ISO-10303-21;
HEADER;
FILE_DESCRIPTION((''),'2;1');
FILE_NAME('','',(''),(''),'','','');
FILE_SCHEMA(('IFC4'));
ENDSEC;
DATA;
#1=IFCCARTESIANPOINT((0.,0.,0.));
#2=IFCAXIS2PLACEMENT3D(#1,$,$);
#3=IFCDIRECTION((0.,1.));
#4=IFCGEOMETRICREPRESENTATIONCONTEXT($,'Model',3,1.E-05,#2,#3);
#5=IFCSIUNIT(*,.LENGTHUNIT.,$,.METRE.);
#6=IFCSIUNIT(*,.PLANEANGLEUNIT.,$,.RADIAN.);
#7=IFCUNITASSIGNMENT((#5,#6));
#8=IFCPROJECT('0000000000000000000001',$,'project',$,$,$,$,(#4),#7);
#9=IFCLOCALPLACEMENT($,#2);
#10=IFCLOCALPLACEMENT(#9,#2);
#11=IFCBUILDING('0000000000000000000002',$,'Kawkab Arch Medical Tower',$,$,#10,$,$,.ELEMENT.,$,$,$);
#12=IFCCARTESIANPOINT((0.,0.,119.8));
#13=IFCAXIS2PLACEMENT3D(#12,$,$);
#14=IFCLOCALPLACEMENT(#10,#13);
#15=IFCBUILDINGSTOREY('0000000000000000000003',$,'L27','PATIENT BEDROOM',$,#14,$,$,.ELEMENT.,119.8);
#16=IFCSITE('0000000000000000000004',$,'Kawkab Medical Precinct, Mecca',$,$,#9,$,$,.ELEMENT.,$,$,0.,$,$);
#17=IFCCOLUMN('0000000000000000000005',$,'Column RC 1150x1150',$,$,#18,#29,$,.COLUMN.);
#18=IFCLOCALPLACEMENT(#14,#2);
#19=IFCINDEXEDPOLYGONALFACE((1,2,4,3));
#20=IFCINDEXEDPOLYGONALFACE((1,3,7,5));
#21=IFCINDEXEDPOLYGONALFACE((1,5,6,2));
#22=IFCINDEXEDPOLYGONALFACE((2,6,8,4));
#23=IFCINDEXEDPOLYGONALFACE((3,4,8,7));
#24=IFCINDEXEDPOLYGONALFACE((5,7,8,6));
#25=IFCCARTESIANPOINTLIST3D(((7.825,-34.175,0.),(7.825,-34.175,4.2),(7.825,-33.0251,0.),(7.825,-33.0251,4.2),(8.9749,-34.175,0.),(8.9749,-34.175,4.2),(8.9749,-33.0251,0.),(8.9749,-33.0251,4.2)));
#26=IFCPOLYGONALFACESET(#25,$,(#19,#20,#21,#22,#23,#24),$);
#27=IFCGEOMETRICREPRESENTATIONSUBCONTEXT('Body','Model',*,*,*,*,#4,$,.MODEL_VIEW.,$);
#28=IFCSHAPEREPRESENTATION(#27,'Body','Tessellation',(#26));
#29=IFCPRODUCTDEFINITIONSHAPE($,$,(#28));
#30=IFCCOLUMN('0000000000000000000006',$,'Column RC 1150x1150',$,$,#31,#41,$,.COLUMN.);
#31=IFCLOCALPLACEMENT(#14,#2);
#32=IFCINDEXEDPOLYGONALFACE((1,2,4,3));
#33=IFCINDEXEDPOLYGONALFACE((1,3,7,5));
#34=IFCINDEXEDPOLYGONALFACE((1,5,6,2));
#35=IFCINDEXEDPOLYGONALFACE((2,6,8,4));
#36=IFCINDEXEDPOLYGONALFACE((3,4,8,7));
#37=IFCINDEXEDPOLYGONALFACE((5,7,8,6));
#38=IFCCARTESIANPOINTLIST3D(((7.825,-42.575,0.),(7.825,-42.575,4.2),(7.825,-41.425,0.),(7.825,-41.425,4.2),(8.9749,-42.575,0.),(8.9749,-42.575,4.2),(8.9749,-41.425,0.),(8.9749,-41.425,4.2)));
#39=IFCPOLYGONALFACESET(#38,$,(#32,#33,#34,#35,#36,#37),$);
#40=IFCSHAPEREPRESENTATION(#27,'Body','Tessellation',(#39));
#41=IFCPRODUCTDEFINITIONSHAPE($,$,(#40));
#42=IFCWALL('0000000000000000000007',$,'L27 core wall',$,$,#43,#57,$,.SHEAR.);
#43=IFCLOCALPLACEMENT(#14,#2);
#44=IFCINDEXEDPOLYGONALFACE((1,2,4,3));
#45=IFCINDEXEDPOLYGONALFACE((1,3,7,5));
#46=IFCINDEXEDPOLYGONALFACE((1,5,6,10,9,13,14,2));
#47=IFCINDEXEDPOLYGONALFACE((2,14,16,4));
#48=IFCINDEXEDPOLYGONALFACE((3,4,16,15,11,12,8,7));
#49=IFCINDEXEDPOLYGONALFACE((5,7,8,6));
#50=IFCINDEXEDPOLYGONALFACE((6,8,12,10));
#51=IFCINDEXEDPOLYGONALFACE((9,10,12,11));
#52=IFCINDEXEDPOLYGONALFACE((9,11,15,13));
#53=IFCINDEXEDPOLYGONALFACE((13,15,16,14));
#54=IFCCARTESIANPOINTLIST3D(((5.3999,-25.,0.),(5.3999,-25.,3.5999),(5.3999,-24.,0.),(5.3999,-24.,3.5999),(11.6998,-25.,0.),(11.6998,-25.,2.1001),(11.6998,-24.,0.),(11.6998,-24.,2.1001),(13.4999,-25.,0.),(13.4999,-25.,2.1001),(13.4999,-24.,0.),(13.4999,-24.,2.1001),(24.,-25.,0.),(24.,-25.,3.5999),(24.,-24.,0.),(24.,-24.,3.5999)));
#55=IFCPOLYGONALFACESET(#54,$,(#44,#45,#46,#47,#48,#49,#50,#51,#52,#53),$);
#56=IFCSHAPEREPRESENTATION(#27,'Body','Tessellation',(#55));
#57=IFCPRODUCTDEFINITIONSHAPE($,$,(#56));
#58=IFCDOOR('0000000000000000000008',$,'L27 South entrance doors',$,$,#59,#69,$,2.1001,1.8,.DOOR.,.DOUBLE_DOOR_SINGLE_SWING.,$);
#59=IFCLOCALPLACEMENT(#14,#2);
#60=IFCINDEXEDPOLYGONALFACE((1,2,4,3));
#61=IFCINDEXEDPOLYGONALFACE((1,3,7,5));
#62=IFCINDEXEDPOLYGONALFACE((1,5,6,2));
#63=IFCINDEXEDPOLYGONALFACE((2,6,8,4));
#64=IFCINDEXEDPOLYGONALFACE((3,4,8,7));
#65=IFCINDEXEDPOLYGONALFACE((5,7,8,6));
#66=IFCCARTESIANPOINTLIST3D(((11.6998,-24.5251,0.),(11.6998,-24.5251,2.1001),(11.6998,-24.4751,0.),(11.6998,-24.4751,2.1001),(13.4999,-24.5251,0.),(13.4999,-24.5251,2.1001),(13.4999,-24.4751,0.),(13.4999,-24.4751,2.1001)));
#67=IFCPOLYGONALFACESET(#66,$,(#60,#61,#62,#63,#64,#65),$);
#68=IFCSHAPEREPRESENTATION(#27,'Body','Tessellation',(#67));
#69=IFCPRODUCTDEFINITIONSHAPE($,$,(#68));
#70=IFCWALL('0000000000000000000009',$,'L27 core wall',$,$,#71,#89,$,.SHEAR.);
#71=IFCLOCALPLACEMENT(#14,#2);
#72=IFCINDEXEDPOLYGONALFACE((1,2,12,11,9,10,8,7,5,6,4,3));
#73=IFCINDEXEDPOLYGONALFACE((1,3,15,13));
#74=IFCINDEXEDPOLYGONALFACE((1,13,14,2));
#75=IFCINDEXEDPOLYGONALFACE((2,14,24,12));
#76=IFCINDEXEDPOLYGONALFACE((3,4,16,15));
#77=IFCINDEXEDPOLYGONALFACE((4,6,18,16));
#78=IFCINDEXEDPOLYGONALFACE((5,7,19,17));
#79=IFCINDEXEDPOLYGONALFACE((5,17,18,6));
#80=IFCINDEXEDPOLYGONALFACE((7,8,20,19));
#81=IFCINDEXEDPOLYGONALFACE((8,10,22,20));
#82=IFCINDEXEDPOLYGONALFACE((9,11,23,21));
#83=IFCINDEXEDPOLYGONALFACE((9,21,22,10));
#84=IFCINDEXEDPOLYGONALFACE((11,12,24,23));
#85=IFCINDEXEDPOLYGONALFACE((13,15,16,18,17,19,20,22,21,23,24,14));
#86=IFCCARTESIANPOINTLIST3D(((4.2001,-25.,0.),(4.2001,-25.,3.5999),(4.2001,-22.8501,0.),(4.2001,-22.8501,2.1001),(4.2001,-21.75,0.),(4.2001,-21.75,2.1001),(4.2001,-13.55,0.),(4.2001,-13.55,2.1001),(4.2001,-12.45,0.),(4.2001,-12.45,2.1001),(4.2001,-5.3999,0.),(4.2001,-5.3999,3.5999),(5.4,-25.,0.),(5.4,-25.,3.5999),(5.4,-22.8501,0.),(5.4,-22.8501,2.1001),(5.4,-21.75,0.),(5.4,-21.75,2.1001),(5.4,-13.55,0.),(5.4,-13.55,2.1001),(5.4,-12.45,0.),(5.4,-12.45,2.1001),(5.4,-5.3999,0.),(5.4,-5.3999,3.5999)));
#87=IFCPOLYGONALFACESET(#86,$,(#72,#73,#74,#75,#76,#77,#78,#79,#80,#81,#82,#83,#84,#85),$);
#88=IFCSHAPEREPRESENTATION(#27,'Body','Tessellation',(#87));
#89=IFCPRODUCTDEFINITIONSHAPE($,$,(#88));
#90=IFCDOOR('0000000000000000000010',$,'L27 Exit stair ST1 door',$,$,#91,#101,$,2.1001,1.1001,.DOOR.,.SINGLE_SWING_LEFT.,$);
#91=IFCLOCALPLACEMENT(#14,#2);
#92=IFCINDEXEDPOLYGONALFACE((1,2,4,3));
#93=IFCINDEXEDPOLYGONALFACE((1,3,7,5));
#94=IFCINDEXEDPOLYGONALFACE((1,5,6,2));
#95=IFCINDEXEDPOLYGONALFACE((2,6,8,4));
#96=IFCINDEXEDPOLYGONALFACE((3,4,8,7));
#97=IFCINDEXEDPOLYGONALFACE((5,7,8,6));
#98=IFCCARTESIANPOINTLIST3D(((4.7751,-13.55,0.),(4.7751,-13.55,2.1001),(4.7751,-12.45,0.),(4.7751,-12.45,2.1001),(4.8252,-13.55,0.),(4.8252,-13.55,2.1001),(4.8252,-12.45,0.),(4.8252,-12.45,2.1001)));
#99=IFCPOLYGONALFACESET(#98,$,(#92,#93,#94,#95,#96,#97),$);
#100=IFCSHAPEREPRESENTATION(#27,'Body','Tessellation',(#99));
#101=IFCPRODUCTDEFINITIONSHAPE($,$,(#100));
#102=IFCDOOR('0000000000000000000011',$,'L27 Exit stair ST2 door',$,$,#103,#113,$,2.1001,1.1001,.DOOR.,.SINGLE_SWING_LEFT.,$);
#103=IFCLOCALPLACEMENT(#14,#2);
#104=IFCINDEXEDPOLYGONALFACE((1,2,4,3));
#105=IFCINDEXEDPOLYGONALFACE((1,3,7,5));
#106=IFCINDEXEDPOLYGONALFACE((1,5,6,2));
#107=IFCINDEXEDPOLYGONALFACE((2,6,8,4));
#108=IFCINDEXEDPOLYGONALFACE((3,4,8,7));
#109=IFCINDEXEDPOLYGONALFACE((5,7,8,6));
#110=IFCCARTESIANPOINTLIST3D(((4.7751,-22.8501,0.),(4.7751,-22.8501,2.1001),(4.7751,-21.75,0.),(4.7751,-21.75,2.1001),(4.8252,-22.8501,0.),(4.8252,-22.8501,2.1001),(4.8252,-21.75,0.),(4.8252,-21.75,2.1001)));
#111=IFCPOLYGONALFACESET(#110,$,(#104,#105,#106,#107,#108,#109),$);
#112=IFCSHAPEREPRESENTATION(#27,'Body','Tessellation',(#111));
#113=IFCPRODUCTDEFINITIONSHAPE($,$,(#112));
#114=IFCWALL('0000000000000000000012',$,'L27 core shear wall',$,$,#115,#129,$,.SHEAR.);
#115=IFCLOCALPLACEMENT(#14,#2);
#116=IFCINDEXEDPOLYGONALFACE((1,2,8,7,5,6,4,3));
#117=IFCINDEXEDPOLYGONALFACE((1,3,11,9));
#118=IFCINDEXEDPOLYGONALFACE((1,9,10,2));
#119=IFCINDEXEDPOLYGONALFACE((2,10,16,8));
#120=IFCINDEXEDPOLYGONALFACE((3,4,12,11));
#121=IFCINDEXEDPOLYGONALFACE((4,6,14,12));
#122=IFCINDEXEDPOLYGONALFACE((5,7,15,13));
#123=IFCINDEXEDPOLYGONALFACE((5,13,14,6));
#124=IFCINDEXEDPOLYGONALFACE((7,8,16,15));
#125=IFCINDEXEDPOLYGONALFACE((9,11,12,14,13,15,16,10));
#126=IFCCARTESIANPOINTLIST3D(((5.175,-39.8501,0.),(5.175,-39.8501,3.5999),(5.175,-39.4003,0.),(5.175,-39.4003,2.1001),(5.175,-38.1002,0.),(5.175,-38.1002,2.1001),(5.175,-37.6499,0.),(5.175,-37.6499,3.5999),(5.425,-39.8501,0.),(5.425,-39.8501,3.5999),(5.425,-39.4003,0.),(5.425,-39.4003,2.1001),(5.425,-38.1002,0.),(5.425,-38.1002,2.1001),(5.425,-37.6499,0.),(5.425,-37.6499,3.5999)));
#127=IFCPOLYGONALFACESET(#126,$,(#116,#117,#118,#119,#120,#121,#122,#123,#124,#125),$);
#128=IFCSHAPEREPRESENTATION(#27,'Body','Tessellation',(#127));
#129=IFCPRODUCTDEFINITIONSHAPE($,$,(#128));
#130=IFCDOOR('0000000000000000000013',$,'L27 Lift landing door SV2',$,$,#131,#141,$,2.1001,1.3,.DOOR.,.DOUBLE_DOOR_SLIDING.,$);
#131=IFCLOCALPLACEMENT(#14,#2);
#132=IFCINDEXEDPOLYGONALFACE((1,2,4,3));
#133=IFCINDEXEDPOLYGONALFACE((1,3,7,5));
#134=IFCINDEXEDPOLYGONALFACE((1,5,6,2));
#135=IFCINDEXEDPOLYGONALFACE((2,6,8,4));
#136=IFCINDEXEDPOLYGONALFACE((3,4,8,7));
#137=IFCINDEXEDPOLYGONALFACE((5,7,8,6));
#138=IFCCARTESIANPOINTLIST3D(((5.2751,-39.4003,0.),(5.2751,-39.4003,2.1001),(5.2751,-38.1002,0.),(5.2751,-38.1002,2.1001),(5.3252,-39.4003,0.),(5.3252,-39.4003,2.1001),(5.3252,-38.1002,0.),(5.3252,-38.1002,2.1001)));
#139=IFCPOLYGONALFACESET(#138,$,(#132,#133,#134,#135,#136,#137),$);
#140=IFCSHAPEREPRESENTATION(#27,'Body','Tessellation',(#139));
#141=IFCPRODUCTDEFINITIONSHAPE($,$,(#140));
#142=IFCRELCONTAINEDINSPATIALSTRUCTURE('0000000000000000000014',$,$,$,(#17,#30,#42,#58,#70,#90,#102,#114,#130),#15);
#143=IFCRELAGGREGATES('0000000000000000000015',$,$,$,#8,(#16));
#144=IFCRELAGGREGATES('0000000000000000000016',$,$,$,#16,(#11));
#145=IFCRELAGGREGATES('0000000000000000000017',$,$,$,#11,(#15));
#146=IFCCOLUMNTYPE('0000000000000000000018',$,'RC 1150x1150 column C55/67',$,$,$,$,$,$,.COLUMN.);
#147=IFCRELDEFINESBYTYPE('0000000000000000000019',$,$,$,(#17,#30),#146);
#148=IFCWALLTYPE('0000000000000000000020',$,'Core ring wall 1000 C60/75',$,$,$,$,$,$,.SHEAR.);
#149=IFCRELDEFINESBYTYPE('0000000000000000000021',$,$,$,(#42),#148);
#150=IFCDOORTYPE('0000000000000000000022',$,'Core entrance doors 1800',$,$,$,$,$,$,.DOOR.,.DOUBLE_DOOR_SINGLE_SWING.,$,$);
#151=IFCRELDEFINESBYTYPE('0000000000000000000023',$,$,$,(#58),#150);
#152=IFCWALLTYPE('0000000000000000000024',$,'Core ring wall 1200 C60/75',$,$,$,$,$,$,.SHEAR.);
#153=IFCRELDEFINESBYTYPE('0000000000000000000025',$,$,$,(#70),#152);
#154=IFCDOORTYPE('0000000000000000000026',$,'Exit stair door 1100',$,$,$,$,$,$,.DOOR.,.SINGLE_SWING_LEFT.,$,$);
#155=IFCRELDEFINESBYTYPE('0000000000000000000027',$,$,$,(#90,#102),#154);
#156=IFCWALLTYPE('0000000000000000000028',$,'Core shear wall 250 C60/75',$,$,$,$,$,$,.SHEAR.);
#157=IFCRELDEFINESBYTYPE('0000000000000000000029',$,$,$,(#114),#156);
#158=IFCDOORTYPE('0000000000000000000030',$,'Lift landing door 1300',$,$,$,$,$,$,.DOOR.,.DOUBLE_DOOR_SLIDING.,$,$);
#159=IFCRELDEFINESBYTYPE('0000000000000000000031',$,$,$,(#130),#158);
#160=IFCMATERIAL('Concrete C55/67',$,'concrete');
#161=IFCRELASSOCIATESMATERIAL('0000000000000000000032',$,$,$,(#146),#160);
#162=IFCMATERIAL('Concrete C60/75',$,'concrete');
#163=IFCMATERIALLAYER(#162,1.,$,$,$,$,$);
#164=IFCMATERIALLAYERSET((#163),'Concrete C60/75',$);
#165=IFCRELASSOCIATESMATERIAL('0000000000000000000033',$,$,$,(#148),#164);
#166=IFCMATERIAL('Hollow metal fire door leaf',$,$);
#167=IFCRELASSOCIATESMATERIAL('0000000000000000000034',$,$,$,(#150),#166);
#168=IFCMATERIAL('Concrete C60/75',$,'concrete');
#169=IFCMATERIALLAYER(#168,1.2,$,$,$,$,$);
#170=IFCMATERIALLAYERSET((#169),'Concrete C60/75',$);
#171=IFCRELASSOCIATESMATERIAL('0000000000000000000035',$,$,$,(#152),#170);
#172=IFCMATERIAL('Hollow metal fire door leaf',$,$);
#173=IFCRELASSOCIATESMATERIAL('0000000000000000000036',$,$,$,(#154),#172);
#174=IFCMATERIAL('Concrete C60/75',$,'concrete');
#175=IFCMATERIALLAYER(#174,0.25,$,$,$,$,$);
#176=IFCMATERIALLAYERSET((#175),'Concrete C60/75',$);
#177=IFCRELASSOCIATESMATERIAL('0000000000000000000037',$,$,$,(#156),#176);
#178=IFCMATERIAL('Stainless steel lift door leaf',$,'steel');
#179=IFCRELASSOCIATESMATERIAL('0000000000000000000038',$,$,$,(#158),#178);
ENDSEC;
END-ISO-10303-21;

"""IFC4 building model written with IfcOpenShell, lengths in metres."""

from ifc_helpers import new_model, si_unit, direction, frame, frame_2d, origin, origin_2d, place, context, subcontext, project, spatial, rectangle, extrude, material, layer, layer_set, material_profile, profile_set, type_object, element, fill, save


model = new_model("IFC4")

# Units and contexts
model_context = context("Model", 3, precision=1e-05, world=origin(), true_north=direction((0.0, 1.0)))
body_context = subcontext(model_context, "Body", "Model", "MODEL_VIEW")
ifc_project = project(units=[si_unit("LENGTHUNIT", "METRE"), si_unit("PLANEANGLEUNIT", "RADIAN")], contexts=[model_context])

# Site, building, storey
site_placement = place(None, origin())
site = spatial("IfcSite", under=ifc_project, at=site_placement, Name="Kawkab Medical Precinct, Mecca", CompositionType="ELEMENT", RefElevation=0.0)
building_placement = place(site_placement, origin())
building = spatial("IfcBuilding", under=site, at=building_placement, Name="Kawkab Arch Medical Tower", CompositionType="ELEMENT")
storey_placement = place(building_placement, frame((0.0, 0.0, 119.8)))
storey = spatial("IfcBuildingStorey", under=building, at=storey_placement, Name="L27", Description="PATIENT BEDROOM", CompositionType="ELEMENT", Elevation=119.8)

# Columns
ifc_material_1 = material(Name="Concrete C55/67", Category="concrete")
ifc_material_profile = material_profile(ifc_material_1, rectangle(XDim=1.1499, YDim=1.1499, at=origin_2d()), Name="RC 1150x1150")
ifc_profile_set = profile_set([ifc_material_profile], Name="Concrete C55/67")
column_type = type_object("IfcColumnType", Name="RC 1150x1150 column C55/67", PredefinedType="COLUMN", material=ifc_profile_set)
for number, where, z_axis, x_axis, name in (
    (1, (8.3999, -33.6001, 0.0), (0.0, 0.0, 1.0), (1.0, 0.0, 0.0), "Column RC 1150x1150"),
    (2, (8.3999, -42.0, 0.0), (0.0, 0.0, 1.0), (1.0, 0.0, 0.0), "Column RC 1150x1150"),
):
    element("IfcColumn", number, at=place(storey_placement, frame(where, z_axis=z_axis, x_axis=x_axis)), inside=storey, type_object=column_type, Name=name, PredefinedType="COLUMN", context=body_context, shape_type="SweptSolid", body=[
        extrude(rectangle(XDim=1.1499, YDim=1.1499, at=origin_2d()), origin(), (0.0, 0.0, 1.0), 4.2),
    ])

# Wall, opening, door
ifc_material_2 = material(Name="Concrete C60/75", Category="concrete")
ifc_layer_1 = layer(ifc_material_2, 1.0)
ifc_layer_set_1 = layer_set([ifc_layer_1], Name="Concrete C60/75")
wall_type_1 = type_object("IfcWallType", Name="Core ring wall 1000 C60/75", PredefinedType="SHEAR", material=ifc_layer_set_1)
wall_1_placement = place(storey_placement, frame((5.3999, -24.5, 0.0), z_axis=(0.0, 0.0, 1.0), x_axis=(1.0, 0.0, 0.0)))
wall_1 = element("IfcWall", 3, at=wall_1_placement, inside=storey, type_object=wall_type_1, Name="L27 core wall", PredefinedType="SHEAR", context=body_context, shape_type="SweptSolid", body=[
    extrude(rectangle(XDim=18.6001, YDim=1.0, at=frame_2d((9.3, 0.0))), origin(), (0.0, 0.0, 1.0), 3.5999),
])
opening_1_placement = place(wall_1_placement, frame((6.3, 0.0, 0.0)))
opening_1 = element("IfcOpeningElement", 4, at=opening_1_placement, cuts=wall_1, PredefinedType="OPENING", context=body_context, shape_type="SweptSolid", body=[
    extrude(rectangle(XDim=1.8, YDim=2.1001, at=frame_2d((0.8999, 1.05))), frame((0.0, 0.51, 0.0), z_axis=(0.0, -1.0, 0.0), x_axis=(1.0, 0.0, 0.0)), (0.0, 0.0, 1.0), 1.02),
])
ifc_material_3 = material(Name="Hollow metal fire door leaf")
door_type_1 = type_object("IfcDoorType", Name="Core entrance doors 1800", OperationType="DOUBLE_DOOR_SINGLE_SWING", PredefinedType="DOOR", material=ifc_material_3)
door_1_placement = place(opening_1_placement, origin())
door_1 = element("IfcDoor", 5, at=door_1_placement, inside=storey, type_object=door_type_1, Name="L27 South entrance doors", OperationType="DOUBLE_DOOR_SINGLE_SWING", OverallHeight=2.1001, OverallWidth=1.8, PredefinedType="DOOR", context=body_context, shape_type="SweptSolid", body=[
    extrude(rectangle(XDim=1.8, YDim=2.1001, at=frame_2d((0.8999, 1.05))), frame((0.0, 0.0249, 0.0), z_axis=(0.0, -1.0, 0.0), x_axis=(1.0, 0.0, 0.0)), (0.0, 0.0, 1.0), 0.05),
])
fill(opening_1, door_1)

# Wall, openings, doors
ifc_material_4 = material(Name="Concrete C60/75", Category="concrete")
ifc_layer_2 = layer(ifc_material_4, 1.2)
ifc_layer_set_2 = layer_set([ifc_layer_2], Name="Concrete C60/75")
wall_type_2 = type_object("IfcWallType", Name="Core ring wall 1200 C60/75", PredefinedType="SHEAR", material=ifc_layer_set_2)
wall_2_placement = place(storey_placement, frame((4.8, -25.0, 0.0), z_axis=(0.0, 0.0, 1.0), x_axis=(0.0, 1.0, 0.0)))
wall_2 = element("IfcWall", 6, at=wall_2_placement, inside=storey, type_object=wall_type_2, Name="L27 core wall", PredefinedType="SHEAR", context=body_context, shape_type="SweptSolid", body=[
    extrude(rectangle(XDim=19.6001, YDim=1.2, at=frame_2d((9.8, 0.0))), origin(), (0.0, 0.0, 1.0), 3.5999),
])
opening_2_placement = place(wall_2_placement, frame((11.45, 0.0, 0.0)))
opening_2 = element("IfcOpeningElement", 7, at=opening_2_placement, cuts=wall_2, PredefinedType="OPENING", context=body_context, shape_type="SweptSolid", body=[
    extrude(rectangle(XDim=1.1001, YDim=2.1001, at=frame_2d((0.55, 1.05))), frame((0.0, 0.6099, 0.0), z_axis=(0.0, -1.0, 0.0), x_axis=(1.0, 0.0, 0.0)), (0.0, 0.0, 1.0), 1.22),
])
opening_3_placement = place(wall_2_placement, frame((2.1499, 0.0, 0.0)))
opening_3 = element("IfcOpeningElement", 8, at=opening_3_placement, cuts=wall_2, PredefinedType="OPENING", context=body_context, shape_type="SweptSolid", body=[
    extrude(rectangle(XDim=1.1001, YDim=2.1001, at=frame_2d((0.55, 1.05))), frame((0.0, 0.6099, 0.0), z_axis=(0.0, -1.0, 0.0), x_axis=(1.0, 0.0, 0.0)), (0.0, 0.0, 1.0), 1.22),
])
ifc_material_5 = material(Name="Hollow metal fire door leaf")
door_type_2 = type_object("IfcDoorType", Name="Exit stair door 1100", OperationType="SINGLE_SWING_LEFT", PredefinedType="DOOR", material=ifc_material_5)
door_2_placement = place(opening_2_placement, origin())
door_2 = element("IfcDoor", 9, at=door_2_placement, inside=storey, type_object=door_type_2, Name="L27 Exit stair ST1 door", OperationType="SINGLE_SWING_LEFT", OverallHeight=2.1001, OverallWidth=1.1001, PredefinedType="DOOR", context=body_context, shape_type="SweptSolid", body=[
    extrude(rectangle(XDim=1.1001, YDim=2.1001, at=frame_2d((0.55, 1.05))), frame((0.0, 0.0249, 0.0), z_axis=(0.0, -1.0, 0.0), x_axis=(1.0, 0.0, 0.0)), (0.0, 0.0, 1.0), 0.05),
])
fill(opening_2, door_2)
door_3_placement = place(opening_3_placement, origin())
door_3 = element("IfcDoor", 10, at=door_3_placement, inside=storey, type_object=door_type_2, Name="L27 Exit stair ST2 door", OperationType="SINGLE_SWING_LEFT", OverallHeight=2.1001, OverallWidth=1.1001, PredefinedType="DOOR", context=body_context, shape_type="SweptSolid", body=[
    extrude(rectangle(XDim=1.1001, YDim=2.1001, at=frame_2d((0.55, 1.05))), frame((0.0, 0.0249, 0.0), z_axis=(0.0, -1.0, 0.0), x_axis=(1.0, 0.0, 0.0)), (0.0, 0.0, 1.0), 0.05),
])
fill(opening_3, door_3)

# Wall, opening, door
ifc_material_6 = material(Name="Concrete C60/75", Category="concrete")
ifc_layer_3 = layer(ifc_material_6, 0.25)
ifc_layer_set_3 = layer_set([ifc_layer_3], Name="Concrete C60/75")
wall_type_3 = type_object("IfcWallType", Name="Core shear wall 250 C60/75", PredefinedType="SHEAR", material=ifc_layer_set_3)
wall_3_placement = place(storey_placement, frame((5.3, -39.8501, 0.0), z_axis=(0.0, 0.0, 1.0), x_axis=(0.0, 1.0, 0.0)))
wall_3 = element("IfcWall", 11, at=wall_3_placement, inside=storey, type_object=wall_type_3, Name="L27 core shear wall", PredefinedType="SHEAR", context=body_context, shape_type="SweptSolid", body=[
    extrude(rectangle(XDim=2.2002, YDim=0.25, at=frame_2d((1.1001, 0.0))), origin(), (0.0, 0.0, 1.0), 3.5999),
])
opening_4_placement = place(wall_3_placement, frame((0.45, 0.0, 0.0)))
opening_4 = element("IfcOpeningElement", 12, at=opening_4_placement, cuts=wall_3, PredefinedType="OPENING", context=body_context, shape_type="SweptSolid", body=[
    extrude(rectangle(XDim=1.3, YDim=2.1001, at=frame_2d((0.6499, 1.05))), frame((0.0, 0.135, 0.0), z_axis=(0.0, -1.0, 0.0), x_axis=(1.0, 0.0, 0.0)), (0.0, 0.0, 1.0), 0.27),
])
ifc_material_7 = material(Name="Stainless steel lift door leaf", Category="steel")
door_type_3 = type_object("IfcDoorType", Name="Lift landing door 1300", OperationType="DOUBLE_DOOR_SLIDING", PredefinedType="DOOR", material=ifc_material_7)
door_4_placement = place(opening_4_placement, origin())
door_4 = element("IfcDoor", 13, at=door_4_placement, inside=storey, type_object=door_type_3, Name="L27 Lift landing door SV2", OperationType="DOUBLE_DOOR_SLIDING", OverallHeight=2.1001, OverallWidth=1.3, PredefinedType="DOOR", context=body_context, shape_type="SweptSolid", body=[
    extrude(rectangle(XDim=1.3, YDim=2.1001, at=frame_2d((0.6499, 1.05))), frame((0.0, 0.0249, 0.0), z_axis=(0.0, -1.0, 0.0), x_axis=(1.0, 0.0, 0.0)), (0.0, 0.0, 1.0), 0.05),
])
fill(opening_4, door_4)

save(model, "model.ifc")
